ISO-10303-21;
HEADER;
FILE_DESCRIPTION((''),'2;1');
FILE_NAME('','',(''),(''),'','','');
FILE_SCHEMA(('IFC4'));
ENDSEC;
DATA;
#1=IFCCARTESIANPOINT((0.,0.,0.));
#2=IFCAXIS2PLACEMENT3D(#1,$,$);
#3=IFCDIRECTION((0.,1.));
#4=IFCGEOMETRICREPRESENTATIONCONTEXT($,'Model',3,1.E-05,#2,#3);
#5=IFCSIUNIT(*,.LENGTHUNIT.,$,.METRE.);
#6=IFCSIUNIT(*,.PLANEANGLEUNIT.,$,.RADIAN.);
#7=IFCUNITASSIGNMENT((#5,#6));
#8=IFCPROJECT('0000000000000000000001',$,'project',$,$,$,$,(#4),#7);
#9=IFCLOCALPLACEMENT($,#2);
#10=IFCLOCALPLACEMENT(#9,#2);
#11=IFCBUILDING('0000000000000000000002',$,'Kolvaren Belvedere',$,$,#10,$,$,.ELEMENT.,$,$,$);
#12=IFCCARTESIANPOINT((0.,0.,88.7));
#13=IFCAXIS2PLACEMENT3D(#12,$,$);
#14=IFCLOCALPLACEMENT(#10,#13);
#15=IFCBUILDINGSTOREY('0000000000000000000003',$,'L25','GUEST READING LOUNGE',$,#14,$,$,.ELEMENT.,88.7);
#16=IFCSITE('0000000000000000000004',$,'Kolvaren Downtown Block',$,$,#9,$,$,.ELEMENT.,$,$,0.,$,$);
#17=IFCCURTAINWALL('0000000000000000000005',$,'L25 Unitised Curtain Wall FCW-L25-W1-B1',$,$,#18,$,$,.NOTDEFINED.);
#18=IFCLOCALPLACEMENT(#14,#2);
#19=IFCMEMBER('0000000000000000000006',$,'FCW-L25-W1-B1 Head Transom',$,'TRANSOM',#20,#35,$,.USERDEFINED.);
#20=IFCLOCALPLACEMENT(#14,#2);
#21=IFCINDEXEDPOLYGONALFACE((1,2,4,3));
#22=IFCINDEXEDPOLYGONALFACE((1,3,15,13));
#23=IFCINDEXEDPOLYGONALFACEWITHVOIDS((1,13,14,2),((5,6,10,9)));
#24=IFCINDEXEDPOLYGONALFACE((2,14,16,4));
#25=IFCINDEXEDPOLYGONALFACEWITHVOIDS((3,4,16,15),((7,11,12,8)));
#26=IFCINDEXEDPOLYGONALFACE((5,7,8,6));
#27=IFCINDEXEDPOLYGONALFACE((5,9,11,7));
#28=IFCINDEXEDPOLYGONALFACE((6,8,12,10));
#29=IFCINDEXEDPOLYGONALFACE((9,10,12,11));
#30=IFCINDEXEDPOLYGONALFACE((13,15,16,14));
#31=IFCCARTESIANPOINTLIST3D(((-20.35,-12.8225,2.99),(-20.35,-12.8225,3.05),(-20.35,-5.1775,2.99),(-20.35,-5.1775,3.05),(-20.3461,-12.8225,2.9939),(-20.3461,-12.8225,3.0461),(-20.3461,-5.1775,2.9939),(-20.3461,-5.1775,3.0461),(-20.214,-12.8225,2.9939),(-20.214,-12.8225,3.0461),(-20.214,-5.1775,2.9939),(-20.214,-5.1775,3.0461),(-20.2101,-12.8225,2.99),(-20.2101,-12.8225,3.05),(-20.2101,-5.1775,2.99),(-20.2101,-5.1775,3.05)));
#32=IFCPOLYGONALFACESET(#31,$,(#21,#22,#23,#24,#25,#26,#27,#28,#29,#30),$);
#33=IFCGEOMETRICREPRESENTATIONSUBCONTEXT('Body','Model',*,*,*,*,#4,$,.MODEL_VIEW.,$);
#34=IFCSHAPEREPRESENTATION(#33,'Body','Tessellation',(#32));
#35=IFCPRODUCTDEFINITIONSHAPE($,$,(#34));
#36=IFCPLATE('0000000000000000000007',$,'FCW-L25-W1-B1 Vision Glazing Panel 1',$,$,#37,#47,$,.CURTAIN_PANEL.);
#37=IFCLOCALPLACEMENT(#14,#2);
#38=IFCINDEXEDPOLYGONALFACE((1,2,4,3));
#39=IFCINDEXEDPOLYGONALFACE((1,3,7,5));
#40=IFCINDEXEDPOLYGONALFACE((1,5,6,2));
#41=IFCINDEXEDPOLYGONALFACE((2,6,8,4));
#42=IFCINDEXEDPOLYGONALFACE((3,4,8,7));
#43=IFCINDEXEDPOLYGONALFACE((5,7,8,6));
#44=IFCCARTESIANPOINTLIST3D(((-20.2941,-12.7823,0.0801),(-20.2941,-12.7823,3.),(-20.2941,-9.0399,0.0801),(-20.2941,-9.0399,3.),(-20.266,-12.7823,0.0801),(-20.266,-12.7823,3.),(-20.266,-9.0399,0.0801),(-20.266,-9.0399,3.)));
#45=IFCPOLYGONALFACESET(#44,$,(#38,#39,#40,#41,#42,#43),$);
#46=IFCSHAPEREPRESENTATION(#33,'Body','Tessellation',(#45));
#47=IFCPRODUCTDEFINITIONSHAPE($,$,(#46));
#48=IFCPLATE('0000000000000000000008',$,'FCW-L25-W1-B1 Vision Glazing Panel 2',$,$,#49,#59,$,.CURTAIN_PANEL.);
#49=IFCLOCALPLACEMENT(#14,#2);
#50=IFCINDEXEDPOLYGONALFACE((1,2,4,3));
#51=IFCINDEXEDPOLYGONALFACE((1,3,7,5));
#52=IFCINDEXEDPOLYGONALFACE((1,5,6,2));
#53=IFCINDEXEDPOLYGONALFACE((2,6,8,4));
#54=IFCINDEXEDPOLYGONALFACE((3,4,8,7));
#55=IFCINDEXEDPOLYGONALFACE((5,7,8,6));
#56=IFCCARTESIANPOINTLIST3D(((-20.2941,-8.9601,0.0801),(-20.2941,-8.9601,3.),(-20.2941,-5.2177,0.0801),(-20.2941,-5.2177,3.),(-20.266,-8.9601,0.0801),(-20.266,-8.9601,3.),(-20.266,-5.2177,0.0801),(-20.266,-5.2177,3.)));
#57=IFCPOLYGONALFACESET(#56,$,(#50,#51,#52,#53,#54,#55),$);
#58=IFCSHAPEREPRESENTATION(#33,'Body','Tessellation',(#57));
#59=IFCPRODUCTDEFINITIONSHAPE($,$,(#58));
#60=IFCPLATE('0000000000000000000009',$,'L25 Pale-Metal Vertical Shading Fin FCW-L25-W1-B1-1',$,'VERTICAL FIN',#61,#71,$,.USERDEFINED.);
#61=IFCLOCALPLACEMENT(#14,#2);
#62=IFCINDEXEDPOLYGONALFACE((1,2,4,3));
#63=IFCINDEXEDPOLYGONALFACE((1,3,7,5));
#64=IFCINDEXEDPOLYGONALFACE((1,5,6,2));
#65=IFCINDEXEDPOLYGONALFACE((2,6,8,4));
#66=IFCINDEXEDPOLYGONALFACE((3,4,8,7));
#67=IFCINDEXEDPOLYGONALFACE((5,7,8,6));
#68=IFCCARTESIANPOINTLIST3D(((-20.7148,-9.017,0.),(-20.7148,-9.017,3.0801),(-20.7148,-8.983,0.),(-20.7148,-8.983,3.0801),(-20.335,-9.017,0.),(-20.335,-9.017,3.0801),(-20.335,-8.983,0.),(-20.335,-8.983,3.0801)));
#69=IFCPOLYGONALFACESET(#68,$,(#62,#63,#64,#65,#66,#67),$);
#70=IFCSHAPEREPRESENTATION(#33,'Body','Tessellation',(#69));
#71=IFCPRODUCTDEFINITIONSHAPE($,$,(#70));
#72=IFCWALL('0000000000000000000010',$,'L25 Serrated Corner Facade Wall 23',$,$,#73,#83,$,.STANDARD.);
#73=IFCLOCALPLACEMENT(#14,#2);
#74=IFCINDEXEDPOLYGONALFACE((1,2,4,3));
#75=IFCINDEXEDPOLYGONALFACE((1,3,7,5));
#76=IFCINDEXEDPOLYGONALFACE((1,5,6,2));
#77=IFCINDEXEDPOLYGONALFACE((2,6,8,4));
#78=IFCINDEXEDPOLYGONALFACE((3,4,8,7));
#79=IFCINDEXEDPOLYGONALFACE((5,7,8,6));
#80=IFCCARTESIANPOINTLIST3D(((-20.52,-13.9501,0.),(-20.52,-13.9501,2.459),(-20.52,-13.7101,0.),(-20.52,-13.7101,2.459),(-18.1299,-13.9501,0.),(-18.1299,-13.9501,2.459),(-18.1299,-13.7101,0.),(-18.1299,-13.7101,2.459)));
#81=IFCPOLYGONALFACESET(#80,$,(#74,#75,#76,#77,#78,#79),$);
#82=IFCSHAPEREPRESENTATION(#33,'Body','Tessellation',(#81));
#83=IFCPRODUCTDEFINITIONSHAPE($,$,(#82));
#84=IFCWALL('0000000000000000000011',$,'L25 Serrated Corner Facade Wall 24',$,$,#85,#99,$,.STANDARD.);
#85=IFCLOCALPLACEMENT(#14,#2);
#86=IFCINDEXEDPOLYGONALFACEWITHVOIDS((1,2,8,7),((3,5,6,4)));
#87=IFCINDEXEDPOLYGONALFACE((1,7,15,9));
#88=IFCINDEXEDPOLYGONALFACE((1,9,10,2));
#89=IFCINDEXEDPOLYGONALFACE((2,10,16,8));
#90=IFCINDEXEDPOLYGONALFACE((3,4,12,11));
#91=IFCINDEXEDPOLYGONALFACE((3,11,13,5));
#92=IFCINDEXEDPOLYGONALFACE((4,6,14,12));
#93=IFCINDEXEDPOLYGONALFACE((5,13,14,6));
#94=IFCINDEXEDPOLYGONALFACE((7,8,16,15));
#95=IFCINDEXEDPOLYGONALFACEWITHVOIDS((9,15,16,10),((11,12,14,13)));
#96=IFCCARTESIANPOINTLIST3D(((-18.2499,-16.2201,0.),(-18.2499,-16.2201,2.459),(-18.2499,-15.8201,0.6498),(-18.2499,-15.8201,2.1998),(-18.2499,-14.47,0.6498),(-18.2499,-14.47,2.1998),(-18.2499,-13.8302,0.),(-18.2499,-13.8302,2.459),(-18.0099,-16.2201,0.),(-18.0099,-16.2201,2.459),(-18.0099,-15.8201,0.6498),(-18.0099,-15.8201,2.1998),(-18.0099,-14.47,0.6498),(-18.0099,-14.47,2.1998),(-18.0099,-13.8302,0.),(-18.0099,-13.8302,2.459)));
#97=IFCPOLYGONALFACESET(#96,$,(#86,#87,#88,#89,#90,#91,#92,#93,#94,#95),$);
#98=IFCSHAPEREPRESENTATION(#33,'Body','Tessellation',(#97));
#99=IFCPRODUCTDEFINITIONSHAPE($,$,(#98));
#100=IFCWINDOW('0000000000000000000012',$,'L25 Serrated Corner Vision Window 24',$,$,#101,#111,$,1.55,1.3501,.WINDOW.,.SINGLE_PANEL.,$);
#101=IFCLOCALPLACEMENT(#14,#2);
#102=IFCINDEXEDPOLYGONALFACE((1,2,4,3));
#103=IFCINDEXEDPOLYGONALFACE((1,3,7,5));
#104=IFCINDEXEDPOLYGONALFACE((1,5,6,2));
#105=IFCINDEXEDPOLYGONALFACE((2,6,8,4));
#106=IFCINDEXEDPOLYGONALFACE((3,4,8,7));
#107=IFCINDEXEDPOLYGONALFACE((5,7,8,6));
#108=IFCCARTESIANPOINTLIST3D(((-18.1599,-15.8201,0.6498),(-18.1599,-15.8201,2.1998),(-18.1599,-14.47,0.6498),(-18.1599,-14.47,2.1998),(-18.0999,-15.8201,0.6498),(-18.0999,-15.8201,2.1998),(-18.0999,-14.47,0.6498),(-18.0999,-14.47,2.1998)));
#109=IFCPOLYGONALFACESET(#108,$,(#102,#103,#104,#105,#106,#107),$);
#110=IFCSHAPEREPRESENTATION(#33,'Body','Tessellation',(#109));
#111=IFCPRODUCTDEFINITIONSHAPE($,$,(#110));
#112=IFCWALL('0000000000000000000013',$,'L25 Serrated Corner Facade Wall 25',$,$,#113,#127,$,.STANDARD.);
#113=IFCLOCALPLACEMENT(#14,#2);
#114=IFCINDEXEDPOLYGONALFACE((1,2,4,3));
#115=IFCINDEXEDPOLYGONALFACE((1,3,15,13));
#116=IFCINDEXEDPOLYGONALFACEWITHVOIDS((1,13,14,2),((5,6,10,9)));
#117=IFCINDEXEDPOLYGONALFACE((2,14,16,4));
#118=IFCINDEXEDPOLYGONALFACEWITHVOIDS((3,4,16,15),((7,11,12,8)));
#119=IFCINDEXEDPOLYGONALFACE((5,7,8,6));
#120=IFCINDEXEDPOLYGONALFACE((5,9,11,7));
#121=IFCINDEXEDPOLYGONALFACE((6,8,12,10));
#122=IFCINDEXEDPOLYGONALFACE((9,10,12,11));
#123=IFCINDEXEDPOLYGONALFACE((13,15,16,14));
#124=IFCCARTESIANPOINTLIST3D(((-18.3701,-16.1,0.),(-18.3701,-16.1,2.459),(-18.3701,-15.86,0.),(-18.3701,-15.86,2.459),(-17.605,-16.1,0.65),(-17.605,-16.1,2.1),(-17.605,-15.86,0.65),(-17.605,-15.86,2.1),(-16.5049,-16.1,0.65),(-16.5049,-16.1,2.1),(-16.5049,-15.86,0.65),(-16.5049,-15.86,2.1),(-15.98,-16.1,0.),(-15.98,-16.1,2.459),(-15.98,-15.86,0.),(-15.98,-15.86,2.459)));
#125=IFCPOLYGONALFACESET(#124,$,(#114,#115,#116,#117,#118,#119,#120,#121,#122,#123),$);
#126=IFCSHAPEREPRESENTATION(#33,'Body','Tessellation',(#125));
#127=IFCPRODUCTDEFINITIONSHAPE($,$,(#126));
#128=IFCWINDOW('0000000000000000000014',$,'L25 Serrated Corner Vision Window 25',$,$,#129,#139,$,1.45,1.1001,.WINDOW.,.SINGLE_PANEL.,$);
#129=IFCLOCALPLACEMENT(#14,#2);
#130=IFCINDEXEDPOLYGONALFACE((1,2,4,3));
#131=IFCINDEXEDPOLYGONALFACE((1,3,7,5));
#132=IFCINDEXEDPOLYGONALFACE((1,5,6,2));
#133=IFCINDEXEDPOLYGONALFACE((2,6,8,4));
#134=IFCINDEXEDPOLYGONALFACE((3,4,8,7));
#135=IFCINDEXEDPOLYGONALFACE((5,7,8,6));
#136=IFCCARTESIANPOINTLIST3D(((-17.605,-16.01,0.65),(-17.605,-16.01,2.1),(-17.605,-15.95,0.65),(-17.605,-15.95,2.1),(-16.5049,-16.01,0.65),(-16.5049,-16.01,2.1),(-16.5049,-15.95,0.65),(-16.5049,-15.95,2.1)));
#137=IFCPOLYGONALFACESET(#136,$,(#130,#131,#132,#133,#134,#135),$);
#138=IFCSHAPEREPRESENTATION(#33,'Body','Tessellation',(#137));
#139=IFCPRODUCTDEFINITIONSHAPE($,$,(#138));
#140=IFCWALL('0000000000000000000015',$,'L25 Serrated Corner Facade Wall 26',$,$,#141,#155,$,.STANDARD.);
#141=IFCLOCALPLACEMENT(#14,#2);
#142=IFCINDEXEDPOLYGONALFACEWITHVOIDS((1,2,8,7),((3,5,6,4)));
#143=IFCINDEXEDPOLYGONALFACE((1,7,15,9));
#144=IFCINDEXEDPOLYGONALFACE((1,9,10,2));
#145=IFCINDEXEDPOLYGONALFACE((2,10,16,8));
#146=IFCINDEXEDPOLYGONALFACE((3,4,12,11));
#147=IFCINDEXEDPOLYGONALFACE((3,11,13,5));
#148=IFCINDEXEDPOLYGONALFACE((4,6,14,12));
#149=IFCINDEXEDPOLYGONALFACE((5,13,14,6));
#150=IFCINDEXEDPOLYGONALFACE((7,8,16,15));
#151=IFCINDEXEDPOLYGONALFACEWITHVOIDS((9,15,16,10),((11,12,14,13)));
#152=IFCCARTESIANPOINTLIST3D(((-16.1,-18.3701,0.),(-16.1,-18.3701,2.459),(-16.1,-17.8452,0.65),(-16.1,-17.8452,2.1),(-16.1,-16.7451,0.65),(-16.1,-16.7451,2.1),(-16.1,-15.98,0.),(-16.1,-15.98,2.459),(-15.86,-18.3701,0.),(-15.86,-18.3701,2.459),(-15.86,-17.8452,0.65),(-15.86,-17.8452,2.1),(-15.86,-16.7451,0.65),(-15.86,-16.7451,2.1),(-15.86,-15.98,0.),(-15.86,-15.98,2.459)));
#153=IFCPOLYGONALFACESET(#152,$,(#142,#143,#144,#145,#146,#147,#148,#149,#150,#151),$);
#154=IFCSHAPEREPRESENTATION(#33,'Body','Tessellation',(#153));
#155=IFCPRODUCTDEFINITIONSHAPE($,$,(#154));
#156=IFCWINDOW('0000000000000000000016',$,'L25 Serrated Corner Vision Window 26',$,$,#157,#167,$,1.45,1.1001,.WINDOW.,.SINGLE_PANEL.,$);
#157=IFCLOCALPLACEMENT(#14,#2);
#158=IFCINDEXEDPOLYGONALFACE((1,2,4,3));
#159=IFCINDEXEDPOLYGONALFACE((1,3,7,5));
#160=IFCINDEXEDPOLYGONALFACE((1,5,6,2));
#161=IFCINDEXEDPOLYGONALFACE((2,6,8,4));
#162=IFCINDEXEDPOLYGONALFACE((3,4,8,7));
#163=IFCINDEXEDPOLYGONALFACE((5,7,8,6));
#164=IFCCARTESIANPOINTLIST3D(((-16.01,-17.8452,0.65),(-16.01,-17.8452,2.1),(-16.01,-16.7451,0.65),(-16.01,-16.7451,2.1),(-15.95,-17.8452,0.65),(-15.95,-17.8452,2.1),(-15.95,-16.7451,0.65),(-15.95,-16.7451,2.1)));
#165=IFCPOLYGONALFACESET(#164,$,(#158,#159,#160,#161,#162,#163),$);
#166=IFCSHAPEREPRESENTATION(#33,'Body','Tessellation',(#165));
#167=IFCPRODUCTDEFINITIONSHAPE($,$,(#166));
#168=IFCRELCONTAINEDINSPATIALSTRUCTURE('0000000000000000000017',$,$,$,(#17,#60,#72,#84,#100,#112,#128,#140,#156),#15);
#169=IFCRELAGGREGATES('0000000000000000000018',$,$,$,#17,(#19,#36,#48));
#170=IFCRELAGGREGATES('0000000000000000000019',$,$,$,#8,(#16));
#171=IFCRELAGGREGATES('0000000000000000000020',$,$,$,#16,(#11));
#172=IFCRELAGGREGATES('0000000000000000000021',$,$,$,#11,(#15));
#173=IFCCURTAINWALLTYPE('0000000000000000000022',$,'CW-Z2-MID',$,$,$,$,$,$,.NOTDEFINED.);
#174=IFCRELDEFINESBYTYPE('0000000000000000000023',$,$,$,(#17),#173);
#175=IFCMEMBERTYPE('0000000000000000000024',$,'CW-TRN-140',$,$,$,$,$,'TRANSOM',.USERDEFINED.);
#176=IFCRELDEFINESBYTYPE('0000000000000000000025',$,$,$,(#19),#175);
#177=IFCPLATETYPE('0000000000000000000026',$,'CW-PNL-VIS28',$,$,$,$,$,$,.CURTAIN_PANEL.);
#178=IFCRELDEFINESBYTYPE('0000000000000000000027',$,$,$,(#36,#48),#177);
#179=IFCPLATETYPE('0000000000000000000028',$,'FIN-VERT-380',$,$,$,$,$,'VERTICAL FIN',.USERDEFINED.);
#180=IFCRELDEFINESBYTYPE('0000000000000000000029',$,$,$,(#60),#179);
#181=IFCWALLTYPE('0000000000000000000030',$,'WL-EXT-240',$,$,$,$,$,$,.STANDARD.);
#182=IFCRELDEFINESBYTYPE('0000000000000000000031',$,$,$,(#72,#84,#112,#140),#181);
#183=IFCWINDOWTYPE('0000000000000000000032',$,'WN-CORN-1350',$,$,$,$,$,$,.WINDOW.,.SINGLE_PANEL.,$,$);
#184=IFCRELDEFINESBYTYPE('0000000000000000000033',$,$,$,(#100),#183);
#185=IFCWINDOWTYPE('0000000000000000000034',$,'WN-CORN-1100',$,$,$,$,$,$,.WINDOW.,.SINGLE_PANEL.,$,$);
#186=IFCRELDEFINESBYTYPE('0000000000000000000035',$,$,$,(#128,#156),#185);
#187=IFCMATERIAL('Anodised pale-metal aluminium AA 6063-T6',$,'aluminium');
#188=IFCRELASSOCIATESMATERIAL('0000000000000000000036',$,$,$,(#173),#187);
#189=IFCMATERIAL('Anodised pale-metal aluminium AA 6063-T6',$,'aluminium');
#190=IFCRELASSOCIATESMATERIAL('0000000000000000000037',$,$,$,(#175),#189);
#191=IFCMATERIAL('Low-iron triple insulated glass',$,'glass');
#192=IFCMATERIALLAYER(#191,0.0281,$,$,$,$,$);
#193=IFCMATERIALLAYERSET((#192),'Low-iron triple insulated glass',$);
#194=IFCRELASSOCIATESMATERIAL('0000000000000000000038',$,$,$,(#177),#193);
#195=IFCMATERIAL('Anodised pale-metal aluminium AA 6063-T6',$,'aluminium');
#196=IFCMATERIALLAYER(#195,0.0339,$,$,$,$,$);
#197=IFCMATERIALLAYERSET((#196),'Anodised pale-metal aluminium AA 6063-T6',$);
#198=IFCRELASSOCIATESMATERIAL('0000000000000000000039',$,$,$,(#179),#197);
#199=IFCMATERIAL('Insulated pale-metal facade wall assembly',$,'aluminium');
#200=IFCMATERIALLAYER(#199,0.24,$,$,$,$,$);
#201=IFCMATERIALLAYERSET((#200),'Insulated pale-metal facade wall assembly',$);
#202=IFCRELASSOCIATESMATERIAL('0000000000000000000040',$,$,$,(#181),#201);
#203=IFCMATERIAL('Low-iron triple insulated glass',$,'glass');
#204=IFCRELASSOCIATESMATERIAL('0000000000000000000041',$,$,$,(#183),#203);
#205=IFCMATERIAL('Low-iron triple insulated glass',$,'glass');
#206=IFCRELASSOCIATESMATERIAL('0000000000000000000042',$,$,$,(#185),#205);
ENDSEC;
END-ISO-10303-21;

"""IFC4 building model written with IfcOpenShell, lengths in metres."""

from ifc_helpers import new_model, si_unit, direction, frame, frame_2d, origin, origin_2d, place, context, subcontext, project, spatial, rectangle, hollow_rectangle, extrude, material, layer, layer_set, material_profile, profile_set, type_object, element, fill, aggregate, save


model = new_model("IFC4")

# Units and contexts
model_context = context("Model", 3, precision=1e-05, world=origin(), true_north=direction((0.0, 1.0)))
body_context = subcontext(model_context, "Body", "Model", "MODEL_VIEW")
ifc_project = project(units=[si_unit("LENGTHUNIT", "METRE"), si_unit("PLANEANGLEUNIT", "RADIAN")], contexts=[model_context])

# Site, building, storey
site_placement = place(None, origin())
site = spatial("IfcSite", under=ifc_project, at=site_placement, Name="Kolvaren Downtown Block", CompositionType="ELEMENT", RefElevation=0.0)
building_placement = place(site_placement, origin())
building = spatial("IfcBuilding", under=site, at=building_placement, Name="Kolvaren Belvedere", CompositionType="ELEMENT")
storey_placement = place(building_placement, frame((0.0, 0.0, 88.7)))
storey = spatial("IfcBuildingStorey", under=building, at=storey_placement, Name="L25", Description="GUEST READING LOUNGE", CompositionType="ELEMENT", Elevation=88.7)

# Shared definitions
ifc_material_1 = material(Name="Anodised pale-metal aluminium AA 6063-T6", Category="aluminium")
curtain_wall_type = type_object("IfcCurtainWallType", Name="CW-Z2-MID", PredefinedType="NOTDEFINED", material=ifc_material_1)

# Curtain wall, member, plates
curtain_wall_1_placement = place(storey_placement, origin())
curtain_wall_1 = element("IfcCurtainWall", 1, at=curtain_wall_1_placement, inside=storey, type_object=curtain_wall_type, Name="L25 Unitised Curtain Wall FCW-L25-W1-B1", PredefinedType="NOTDEFINED")
ifc_material_2 = material(Name="Anodised pale-metal aluminium AA 6063-T6", Category="aluminium")
ifc_material_profile_1 = material_profile(ifc_material_2, hollow_rectangle(XDim=0.0601, YDim=0.1399, WallThickness=0.0039, at=origin_2d()), Name="ALU-TRN-140X60")
ifc_profile_set_1 = profile_set([ifc_material_profile_1], Name="Anodised pale-metal aluminium AA 6063-T6")
member_type_1 = type_object("IfcMemberType", Name="CW-TRN-140", ElementType="TRANSOM", PredefinedType="USERDEFINED", material=ifc_profile_set_1)
member_1_placement = place(storey_placement, frame((-20.28, -12.8225, 3.02), z_axis=(0.0, 1.0, 0.0), x_axis=(0.0, 0.0, 1.0)))
member_1 = element("IfcMember", 2, at=member_1_placement, type_object=member_type_1, Name="FCW-L25-W1-B1 Head Transom", ObjectType="TRANSOM", PredefinedType="USERDEFINED", context=body_context, shape_type="SweptSolid", body=[
    extrude(hollow_rectangle(XDim=0.0601, YDim=0.1399, WallThickness=0.0039, at=origin_2d()), origin(), (0.0, 0.0, 1.0), 7.645),
])
ifc_material_3 = material(Name="Low-iron triple insulated glass", Category="glass")
ifc_layer_1 = layer(ifc_material_3, 0.0281)
ifc_layer_set_1 = layer_set([ifc_layer_1], Name="Low-iron triple insulated glass")
plate_type_1 = type_object("IfcPlateType", Name="CW-PNL-VIS28", PredefinedType="CURTAIN_PANEL", material=ifc_layer_set_1)
plate_1_placement = place(storey_placement, frame((-20.28, -10.9111, 0.0801), z_axis=(0.0, 0.0, 1.0), x_axis=(0.0, 1.0, 0.0)))
plate_1 = element("IfcPlate", 3, at=plate_1_placement, type_object=plate_type_1, Name="FCW-L25-W1-B1 Vision Glazing Panel 1", PredefinedType="CURTAIN_PANEL", context=body_context, shape_type="SweptSolid", body=[
    extrude(rectangle(XDim=3.7424, YDim=0.0281, at=origin_2d()), origin(), (0.0, 0.0, 1.0), 2.9199),
])
plate_2_placement = place(storey_placement, frame((-20.28, -7.0889, 0.0801), z_axis=(0.0, 0.0, 1.0), x_axis=(0.0, 1.0, 0.0)))
plate_2 = element("IfcPlate", 4, at=plate_2_placement, type_object=plate_type_1, Name="FCW-L25-W1-B1 Vision Glazing Panel 2", PredefinedType="CURTAIN_PANEL", context=body_context, shape_type="SweptSolid", body=[
    extrude(rectangle(XDim=3.7424, YDim=0.0281, at=origin_2d()), origin(), (0.0, 0.0, 1.0), 2.9199),
])
aggregate(curtain_wall_1, [member_1, plate_1, plate_2])

# Plate
ifc_material_4 = material(Name="Anodised pale-metal aluminium AA 6063-T6", Category="aluminium")
ifc_layer_2 = layer(ifc_material_4, 0.0339)
ifc_layer_set_2 = layer_set([ifc_layer_2], Name="Anodised pale-metal aluminium AA 6063-T6")
plate_type_2 = type_object("IfcPlateType", Name="FIN-VERT-380", ElementType="VERTICAL FIN", PredefinedType="USERDEFINED", material=ifc_layer_set_2)
plate_3_placement = place(storey_placement, frame((-20.5249, -9.0, 0.0), z_axis=(0.0, 0.0, 1.0), x_axis=(1.0, 0.0, 0.0)))
element("IfcPlate", 5, at=plate_3_placement, inside=storey, type_object=plate_type_2, Name="L25 Pale-Metal Vertical Shading Fin FCW-L25-W1-B1-1", ObjectType="VERTICAL FIN", PredefinedType="USERDEFINED", context=body_context, shape_type="SweptSolid", body=[
    extrude(rectangle(XDim=0.3799, YDim=0.0339, at=origin_2d()), origin(), (0.0, 0.0, 1.0), 3.0801),
])

# Wall
ifc_material_5 = material(Name="Insulated pale-metal facade wall assembly", Category="aluminium")
ifc_layer_3 = layer(ifc_material_5, 0.24)
ifc_layer_set_3 = layer_set([ifc_layer_3], Name="Insulated pale-metal facade wall assembly")
wall_type_1 = type_object("IfcWallType", Name="WL-EXT-240", PredefinedType="STANDARD", material=ifc_layer_set_3)
wall_1_placement = place(storey_placement, frame((-18.1299, -13.8301, 0.0), z_axis=(0.0, 0.0, 1.0), x_axis=(-1.0, 0.0, 0.0)))
element("IfcWall", 6, at=wall_1_placement, inside=storey, type_object=wall_type_1, Name="L25 Serrated Corner Facade Wall 23", PredefinedType="STANDARD", context=body_context, shape_type="SweptSolid", body=[
    extrude(rectangle(XDim=2.3901, YDim=0.24, at=frame_2d((1.1951, 0.0))), origin(), (0.0, 0.0, 1.0), 2.459),
])

# Walls, openings, windows
wall_2_placement = place(storey_placement, frame((-18.1299, -16.22, 0.0), z_axis=(0.0, 0.0, 1.0), x_axis=(0.0, 1.0, 0.0)))
wall_2 = element("IfcWall", 7, at=wall_2_placement, inside=storey, type_object=wall_type_1, Name="L25 Serrated Corner Facade Wall 24", PredefinedType="STANDARD", context=body_context, shape_type="SweptSolid", body=[
    extrude(rectangle(XDim=2.3899, YDim=0.24, at=frame_2d((1.1948, 0.0))), origin(), (0.0, 0.0, 1.0), 2.459),
])
opening_1_placement = place(wall_2_placement, frame((0.3999, 0.0, 0.6499)))
opening_1 = element("IfcOpeningElement", 8, at=opening_1_placement, cuts=wall_2, PredefinedType="OPENING", context=body_context, shape_type="SweptSolid", body=[
    extrude(rectangle(XDim=1.3501, YDim=1.55, at=frame_2d((0.675, 0.7749))), frame((0.0, 0.1299, 0.0), z_axis=(0.0, -1.0, 0.0), x_axis=(1.0, 0.0, 0.0)), (0.0, 0.0, 1.0), 0.26),
])
ifc_material_6 = material(Name="Low-iron triple insulated glass", Category="glass")
window_type_1 = type_object("IfcWindowType", Name="WN-CORN-1350", PartitioningType="SINGLE_PANEL", PredefinedType="WINDOW", material=ifc_material_6)
window_1_placement = place(opening_1_placement, origin())
window_1 = element("IfcWindow", 9, at=window_1_placement, inside=storey, type_object=window_type_1, Name="L25 Serrated Corner Vision Window 24", OverallHeight=1.55, OverallWidth=1.3501, PartitioningType="SINGLE_PANEL", PredefinedType="WINDOW", context=body_context, shape_type="SweptSolid", body=[
    extrude(rectangle(XDim=1.3501, YDim=1.55, at=frame_2d((0.675, 0.7749))), frame((0.0, 0.03, 0.0), z_axis=(0.0, -1.0, 0.0), x_axis=(1.0, 0.0, 0.0)), (0.0, 0.0, 1.0), 0.0601),
])
fill(opening_1, window_1)
wall_3_placement = place(storey_placement, frame((-15.98, -15.98, 0.0), z_axis=(0.0, 0.0, 1.0), x_axis=(-1.0, 0.0, 0.0)))
wall_3 = element("IfcWall", 10, at=wall_3_placement, inside=storey, type_object=wall_type_1, Name="L25 Serrated Corner Facade Wall 25", PredefinedType="STANDARD", context=body_context, shape_type="SweptSolid", body=[
    extrude(rectangle(XDim=2.3901, YDim=0.24, at=frame_2d((1.1951, 0.0))), origin(), (0.0, 0.0, 1.0), 2.459),
])
opening_2_placement = place(wall_3_placement, frame((0.5249, 0.0, 0.6499)))
opening_2 = element("IfcOpeningElement", 11, at=opening_2_placement, cuts=wall_3, PredefinedType="OPENING", context=body_context, shape_type="SweptSolid", body=[
    extrude(rectangle(XDim=1.1001, YDim=1.45, at=frame_2d((0.55, 0.7251))), frame((0.0, 0.1299, 0.0), z_axis=(0.0, -1.0, 0.0), x_axis=(1.0, 0.0, 0.0)), (0.0, 0.0, 1.0), 0.26),
])
ifc_material_7 = material(Name="Low-iron triple insulated glass", Category="glass")
window_type_2 = type_object("IfcWindowType", Name="WN-CORN-1100", PartitioningType="SINGLE_PANEL", PredefinedType="WINDOW", material=ifc_material_7)
window_2_placement = place(opening_2_placement, origin())
window_2 = element("IfcWindow", 12, at=window_2_placement, inside=storey, type_object=window_type_2, Name="L25 Serrated Corner Vision Window 25", OverallHeight=1.45, OverallWidth=1.1001, PartitioningType="SINGLE_PANEL", PredefinedType="WINDOW", context=body_context, shape_type="SweptSolid", body=[
    extrude(rectangle(XDim=1.1001, YDim=1.45, at=frame_2d((0.55, 0.7251))), frame((0.0, 0.03, 0.0), z_axis=(0.0, -1.0, 0.0), x_axis=(1.0, 0.0, 0.0)), (0.0, 0.0, 1.0), 0.0601),
])
fill(opening_2, window_2)
wall_4_placement = place(storey_placement, frame((-15.98, -18.3701, 0.0), z_axis=(0.0, 0.0, 1.0), x_axis=(0.0, 1.0, 0.0)))
wall_4 = element("IfcWall", 13, at=wall_4_placement, inside=storey, type_object=wall_type_1, Name="L25 Serrated Corner Facade Wall 26", PredefinedType="STANDARD", context=body_context, shape_type="SweptSolid", body=[
    extrude(rectangle(XDim=2.3901, YDim=0.24, at=frame_2d((1.1951, 0.0))), origin(), (0.0, 0.0, 1.0), 2.459),
])
opening_3_placement = place(wall_4_placement, frame((0.5249, 0.0, 0.6499)))
opening_3 = element("IfcOpeningElement", 14, at=opening_3_placement, cuts=wall_4, PredefinedType="OPENING", context=body_context, shape_type="SweptSolid", body=[
    extrude(rectangle(XDim=1.1001, YDim=1.45, at=frame_2d((0.55, 0.7251))), frame((0.0, 0.1299, 0.0), z_axis=(0.0, -1.0, 0.0), x_axis=(1.0, 0.0, 0.0)), (0.0, 0.0, 1.0), 0.26),
])
window_3_placement = place(opening_3_placement, origin())
window_3 = element("IfcWindow", 15, at=window_3_placement, inside=storey, type_object=window_type_2, Name="L25 Serrated Corner Vision Window 26", OverallHeight=1.45, OverallWidth=1.1001, PartitioningType="SINGLE_PANEL", PredefinedType="WINDOW", context=body_context, shape_type="SweptSolid", body=[
    extrude(rectangle(XDim=1.1001, YDim=1.45, at=frame_2d((0.55, 0.7251))), frame((0.0, 0.03, 0.0), z_axis=(0.0, -1.0, 0.0), x_axis=(1.0, 0.0, 0.0)), (0.0, 0.0, 1.0), 0.0601),
])
fill(opening_3, window_3)

save(model, "model.ifc")
